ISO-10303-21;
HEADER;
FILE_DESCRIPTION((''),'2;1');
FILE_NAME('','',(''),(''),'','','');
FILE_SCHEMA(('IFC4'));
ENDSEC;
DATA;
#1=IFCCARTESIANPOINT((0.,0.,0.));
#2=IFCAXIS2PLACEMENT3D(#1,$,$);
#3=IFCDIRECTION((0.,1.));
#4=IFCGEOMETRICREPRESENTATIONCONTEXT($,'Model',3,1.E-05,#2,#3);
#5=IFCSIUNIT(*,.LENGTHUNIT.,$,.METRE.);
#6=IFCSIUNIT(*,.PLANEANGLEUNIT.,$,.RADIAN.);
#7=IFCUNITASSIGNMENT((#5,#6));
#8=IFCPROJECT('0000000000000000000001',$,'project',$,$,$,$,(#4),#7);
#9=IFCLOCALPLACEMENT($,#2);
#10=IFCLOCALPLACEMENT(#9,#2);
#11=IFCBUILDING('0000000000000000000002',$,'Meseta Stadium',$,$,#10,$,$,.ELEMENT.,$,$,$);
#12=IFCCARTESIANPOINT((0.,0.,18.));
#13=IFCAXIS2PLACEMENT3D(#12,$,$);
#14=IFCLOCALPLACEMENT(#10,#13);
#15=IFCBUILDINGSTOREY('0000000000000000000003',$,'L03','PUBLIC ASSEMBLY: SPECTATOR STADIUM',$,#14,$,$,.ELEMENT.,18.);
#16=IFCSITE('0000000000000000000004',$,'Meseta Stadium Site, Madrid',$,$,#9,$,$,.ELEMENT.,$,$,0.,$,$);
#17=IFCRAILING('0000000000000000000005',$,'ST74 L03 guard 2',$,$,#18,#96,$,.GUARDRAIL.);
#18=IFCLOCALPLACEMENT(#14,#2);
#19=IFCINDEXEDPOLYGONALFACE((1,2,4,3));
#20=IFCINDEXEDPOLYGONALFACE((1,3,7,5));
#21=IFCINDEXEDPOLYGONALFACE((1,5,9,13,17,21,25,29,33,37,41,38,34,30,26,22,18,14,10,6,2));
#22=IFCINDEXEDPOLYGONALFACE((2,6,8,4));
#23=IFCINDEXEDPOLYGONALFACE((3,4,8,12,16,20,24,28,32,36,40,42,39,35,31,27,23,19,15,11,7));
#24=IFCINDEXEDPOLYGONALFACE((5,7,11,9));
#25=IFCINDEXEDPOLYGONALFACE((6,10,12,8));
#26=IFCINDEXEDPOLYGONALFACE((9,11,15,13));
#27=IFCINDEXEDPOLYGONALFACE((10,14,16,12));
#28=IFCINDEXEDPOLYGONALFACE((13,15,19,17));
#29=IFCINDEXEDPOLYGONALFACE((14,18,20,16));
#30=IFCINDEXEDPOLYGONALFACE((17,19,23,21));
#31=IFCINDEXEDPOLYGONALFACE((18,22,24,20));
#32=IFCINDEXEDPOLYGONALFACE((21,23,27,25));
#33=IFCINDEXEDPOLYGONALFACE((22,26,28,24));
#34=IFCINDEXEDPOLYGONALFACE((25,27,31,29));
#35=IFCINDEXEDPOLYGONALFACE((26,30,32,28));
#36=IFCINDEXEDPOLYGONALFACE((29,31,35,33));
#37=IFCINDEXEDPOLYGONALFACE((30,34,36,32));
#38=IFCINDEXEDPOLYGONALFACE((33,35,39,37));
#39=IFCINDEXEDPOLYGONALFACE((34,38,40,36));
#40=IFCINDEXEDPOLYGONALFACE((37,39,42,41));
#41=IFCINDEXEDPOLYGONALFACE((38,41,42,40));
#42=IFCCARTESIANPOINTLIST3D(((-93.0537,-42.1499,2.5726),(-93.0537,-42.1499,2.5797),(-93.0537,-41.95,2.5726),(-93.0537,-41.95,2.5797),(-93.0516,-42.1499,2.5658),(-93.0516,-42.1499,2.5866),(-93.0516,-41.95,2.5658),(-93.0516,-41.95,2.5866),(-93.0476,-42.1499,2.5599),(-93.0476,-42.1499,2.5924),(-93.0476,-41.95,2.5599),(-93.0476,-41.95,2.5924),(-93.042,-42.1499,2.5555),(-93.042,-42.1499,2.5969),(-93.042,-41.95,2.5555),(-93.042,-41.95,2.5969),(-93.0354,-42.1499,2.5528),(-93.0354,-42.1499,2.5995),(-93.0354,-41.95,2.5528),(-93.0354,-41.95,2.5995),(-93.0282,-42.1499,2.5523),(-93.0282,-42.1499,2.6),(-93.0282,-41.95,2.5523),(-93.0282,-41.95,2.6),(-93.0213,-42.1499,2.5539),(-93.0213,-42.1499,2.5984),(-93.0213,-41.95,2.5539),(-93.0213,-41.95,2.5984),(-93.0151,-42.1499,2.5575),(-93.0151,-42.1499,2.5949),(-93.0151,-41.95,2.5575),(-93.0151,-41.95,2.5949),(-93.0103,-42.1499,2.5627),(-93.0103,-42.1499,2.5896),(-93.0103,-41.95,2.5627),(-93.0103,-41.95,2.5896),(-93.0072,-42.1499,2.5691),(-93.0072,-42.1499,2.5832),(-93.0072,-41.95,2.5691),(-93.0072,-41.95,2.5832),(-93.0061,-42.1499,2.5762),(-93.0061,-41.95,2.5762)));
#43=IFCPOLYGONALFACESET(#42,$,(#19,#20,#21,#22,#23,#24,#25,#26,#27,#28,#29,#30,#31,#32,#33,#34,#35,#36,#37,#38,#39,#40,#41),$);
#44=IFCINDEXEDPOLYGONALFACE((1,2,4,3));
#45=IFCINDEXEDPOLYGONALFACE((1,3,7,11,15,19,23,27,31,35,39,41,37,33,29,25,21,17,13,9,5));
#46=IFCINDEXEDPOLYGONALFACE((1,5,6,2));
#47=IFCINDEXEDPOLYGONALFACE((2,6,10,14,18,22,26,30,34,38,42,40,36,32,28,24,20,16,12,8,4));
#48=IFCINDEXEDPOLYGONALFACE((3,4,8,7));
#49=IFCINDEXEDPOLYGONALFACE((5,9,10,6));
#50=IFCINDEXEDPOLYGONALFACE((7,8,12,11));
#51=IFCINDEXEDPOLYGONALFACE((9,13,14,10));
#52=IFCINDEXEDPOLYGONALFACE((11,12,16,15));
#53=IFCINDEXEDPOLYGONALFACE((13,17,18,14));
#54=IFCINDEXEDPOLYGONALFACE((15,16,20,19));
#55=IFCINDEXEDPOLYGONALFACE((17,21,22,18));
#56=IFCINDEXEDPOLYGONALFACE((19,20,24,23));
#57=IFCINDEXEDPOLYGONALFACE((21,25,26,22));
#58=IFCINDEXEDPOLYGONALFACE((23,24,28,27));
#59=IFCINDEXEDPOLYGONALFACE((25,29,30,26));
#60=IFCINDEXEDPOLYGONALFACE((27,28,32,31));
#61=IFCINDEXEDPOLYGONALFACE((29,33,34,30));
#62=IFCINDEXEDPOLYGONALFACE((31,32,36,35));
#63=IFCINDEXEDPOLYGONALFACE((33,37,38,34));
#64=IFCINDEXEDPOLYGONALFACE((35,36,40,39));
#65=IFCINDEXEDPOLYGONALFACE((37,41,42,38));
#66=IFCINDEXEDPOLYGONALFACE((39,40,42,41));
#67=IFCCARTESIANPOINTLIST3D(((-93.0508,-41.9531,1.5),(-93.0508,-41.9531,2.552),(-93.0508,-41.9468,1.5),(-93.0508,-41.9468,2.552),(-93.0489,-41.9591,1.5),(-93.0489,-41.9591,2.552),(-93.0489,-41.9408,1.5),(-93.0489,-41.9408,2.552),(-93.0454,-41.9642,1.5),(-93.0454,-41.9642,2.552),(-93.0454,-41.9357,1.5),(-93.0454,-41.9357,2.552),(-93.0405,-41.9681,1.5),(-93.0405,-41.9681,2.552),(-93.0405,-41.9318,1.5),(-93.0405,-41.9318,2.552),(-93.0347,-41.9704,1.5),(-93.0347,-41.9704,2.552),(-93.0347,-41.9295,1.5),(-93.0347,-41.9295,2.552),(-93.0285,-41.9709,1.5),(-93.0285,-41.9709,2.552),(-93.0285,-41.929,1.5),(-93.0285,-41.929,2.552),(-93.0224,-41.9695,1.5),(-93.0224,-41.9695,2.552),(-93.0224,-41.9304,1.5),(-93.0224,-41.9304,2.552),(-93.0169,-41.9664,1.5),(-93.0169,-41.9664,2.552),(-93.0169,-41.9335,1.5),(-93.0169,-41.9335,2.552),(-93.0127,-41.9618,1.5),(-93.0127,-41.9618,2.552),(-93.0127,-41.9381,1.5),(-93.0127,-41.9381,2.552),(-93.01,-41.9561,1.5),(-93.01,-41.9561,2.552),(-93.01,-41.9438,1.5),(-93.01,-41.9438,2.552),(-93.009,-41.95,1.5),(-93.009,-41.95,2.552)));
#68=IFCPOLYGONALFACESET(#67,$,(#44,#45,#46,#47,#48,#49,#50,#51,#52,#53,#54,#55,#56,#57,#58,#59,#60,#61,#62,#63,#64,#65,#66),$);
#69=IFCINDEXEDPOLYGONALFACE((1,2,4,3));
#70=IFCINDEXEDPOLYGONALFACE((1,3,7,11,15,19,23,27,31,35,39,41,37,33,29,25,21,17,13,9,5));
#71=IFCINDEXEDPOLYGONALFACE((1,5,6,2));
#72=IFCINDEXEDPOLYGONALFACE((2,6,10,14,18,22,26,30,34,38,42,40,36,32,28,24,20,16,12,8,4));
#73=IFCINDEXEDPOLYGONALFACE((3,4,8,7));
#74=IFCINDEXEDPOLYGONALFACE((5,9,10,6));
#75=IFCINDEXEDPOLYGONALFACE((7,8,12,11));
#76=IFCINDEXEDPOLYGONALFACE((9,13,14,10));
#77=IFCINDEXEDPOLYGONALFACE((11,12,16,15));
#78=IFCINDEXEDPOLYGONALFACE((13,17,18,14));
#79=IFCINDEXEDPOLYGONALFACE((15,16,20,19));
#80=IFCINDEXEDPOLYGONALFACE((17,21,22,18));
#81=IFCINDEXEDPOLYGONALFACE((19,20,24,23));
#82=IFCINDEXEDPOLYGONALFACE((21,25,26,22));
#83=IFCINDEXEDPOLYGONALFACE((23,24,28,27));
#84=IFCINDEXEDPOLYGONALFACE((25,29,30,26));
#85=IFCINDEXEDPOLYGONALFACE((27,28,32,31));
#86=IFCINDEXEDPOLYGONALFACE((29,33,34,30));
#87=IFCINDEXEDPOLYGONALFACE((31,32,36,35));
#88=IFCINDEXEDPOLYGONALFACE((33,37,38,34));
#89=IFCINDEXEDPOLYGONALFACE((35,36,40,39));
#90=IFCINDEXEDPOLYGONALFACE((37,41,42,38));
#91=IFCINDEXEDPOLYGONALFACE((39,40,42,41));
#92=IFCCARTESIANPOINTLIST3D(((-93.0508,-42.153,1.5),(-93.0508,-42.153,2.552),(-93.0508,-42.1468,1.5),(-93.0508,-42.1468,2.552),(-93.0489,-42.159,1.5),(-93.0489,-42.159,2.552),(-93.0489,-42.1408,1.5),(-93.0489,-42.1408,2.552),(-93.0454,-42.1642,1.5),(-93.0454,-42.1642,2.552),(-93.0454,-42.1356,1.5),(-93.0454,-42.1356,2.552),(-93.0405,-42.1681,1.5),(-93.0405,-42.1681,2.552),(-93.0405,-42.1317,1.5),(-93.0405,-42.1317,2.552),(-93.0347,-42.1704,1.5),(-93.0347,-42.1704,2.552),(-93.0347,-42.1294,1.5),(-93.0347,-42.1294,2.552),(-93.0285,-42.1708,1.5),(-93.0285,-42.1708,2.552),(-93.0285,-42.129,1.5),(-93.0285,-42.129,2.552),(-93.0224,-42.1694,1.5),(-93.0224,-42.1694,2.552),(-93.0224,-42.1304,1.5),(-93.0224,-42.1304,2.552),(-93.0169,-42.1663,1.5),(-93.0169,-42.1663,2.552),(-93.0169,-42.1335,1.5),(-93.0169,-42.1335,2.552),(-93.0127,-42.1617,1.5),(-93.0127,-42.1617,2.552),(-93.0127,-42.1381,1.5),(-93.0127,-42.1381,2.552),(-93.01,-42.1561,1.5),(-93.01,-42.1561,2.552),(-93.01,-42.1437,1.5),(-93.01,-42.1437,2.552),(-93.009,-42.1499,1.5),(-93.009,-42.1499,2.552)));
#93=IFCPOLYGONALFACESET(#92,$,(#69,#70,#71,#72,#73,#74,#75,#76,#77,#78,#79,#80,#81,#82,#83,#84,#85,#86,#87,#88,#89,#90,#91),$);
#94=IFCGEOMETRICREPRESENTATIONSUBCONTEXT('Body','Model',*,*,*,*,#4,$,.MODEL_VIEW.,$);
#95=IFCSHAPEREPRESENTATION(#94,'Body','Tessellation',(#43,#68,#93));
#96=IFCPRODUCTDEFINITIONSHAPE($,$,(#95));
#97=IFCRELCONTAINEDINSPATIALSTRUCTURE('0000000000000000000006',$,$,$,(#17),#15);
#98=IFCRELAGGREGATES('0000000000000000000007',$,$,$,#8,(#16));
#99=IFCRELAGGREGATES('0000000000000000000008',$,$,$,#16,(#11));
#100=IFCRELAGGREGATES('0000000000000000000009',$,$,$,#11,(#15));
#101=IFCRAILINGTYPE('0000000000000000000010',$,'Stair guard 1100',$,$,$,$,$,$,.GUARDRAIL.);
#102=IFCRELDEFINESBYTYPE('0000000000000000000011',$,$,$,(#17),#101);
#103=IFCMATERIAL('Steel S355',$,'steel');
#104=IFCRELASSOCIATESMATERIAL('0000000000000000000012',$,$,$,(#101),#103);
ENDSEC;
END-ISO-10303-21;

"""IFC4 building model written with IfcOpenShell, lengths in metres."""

from ifc_helpers import new_model, si_unit, direction, frame, origin, origin_2d, place, context, subcontext, project, spatial, circle, extrude, material, type_object, element, save


model = new_model("IFC4")

# Units and contexts
model_context = context("Model", 3, precision=1e-05, world=origin(), true_north=direction((0.0, 1.0)))
body_context = subcontext(model_context, "Body", "Model", "MODEL_VIEW")
ifc_project = project(units=[si_unit("LENGTHUNIT", "METRE"), si_unit("PLANEANGLEUNIT", "RADIAN")], contexts=[model_context])

# Site, building, storey
site_placement = place(None, origin())
site = spatial("IfcSite", under=ifc_project, at=site_placement, Name="Meseta Stadium Site, Madrid", CompositionType="ELEMENT", RefElevation=0.0)
building_placement = place(site_placement, origin())
building = spatial("IfcBuilding", under=site, at=building_placement, Name="Meseta Stadium", CompositionType="ELEMENT")
storey_placement = place(building_placement, frame((0.0, 0.0, 18.0)))
storey = spatial("IfcBuildingStorey", under=building, at=storey_placement, Name="L03", Description="PUBLIC ASSEMBLY: SPECTATOR STADIUM", CompositionType="ELEMENT", Elevation=18.0)

# Railing
ifc_material_1 = material(Name="Steel S355", Category="steel")
railing_type_1 = type_object("IfcRailingType", Name="Stair guard 1100", PredefinedType="GUARDRAIL", material=ifc_material_1)
railing_1_placement = place(storey_placement, frame((-93.03, -41.95, 1.5)))
element("IfcRailing", 1, at=railing_1_placement, inside=storey, type_object=railing_type_1, Name="ST74 L03 guard 2", PredefinedType="GUARDRAIL", context=body_context, shape_type="SweptSolid", body=[
    extrude(circle(Radius=0.0239, at=origin_2d()), frame((0.0, 0.0, 1.0762), z_axis=(0.0, -1.0, 0.0), x_axis=(1.0, 0.0, 0.0)), (0.0, 0.0, 1.0), 0.2),
    extrude(circle(Radius=0.021, at=origin_2d()), origin(), (0.0, 0.0, 1.0), 1.052),
    extrude(circle(Radius=0.021, at=origin_2d()), frame((0.0, -0.2, 0.0)), (0.0, 0.0, 1.0), 1.052),
])

save(model, "model.ifc")
